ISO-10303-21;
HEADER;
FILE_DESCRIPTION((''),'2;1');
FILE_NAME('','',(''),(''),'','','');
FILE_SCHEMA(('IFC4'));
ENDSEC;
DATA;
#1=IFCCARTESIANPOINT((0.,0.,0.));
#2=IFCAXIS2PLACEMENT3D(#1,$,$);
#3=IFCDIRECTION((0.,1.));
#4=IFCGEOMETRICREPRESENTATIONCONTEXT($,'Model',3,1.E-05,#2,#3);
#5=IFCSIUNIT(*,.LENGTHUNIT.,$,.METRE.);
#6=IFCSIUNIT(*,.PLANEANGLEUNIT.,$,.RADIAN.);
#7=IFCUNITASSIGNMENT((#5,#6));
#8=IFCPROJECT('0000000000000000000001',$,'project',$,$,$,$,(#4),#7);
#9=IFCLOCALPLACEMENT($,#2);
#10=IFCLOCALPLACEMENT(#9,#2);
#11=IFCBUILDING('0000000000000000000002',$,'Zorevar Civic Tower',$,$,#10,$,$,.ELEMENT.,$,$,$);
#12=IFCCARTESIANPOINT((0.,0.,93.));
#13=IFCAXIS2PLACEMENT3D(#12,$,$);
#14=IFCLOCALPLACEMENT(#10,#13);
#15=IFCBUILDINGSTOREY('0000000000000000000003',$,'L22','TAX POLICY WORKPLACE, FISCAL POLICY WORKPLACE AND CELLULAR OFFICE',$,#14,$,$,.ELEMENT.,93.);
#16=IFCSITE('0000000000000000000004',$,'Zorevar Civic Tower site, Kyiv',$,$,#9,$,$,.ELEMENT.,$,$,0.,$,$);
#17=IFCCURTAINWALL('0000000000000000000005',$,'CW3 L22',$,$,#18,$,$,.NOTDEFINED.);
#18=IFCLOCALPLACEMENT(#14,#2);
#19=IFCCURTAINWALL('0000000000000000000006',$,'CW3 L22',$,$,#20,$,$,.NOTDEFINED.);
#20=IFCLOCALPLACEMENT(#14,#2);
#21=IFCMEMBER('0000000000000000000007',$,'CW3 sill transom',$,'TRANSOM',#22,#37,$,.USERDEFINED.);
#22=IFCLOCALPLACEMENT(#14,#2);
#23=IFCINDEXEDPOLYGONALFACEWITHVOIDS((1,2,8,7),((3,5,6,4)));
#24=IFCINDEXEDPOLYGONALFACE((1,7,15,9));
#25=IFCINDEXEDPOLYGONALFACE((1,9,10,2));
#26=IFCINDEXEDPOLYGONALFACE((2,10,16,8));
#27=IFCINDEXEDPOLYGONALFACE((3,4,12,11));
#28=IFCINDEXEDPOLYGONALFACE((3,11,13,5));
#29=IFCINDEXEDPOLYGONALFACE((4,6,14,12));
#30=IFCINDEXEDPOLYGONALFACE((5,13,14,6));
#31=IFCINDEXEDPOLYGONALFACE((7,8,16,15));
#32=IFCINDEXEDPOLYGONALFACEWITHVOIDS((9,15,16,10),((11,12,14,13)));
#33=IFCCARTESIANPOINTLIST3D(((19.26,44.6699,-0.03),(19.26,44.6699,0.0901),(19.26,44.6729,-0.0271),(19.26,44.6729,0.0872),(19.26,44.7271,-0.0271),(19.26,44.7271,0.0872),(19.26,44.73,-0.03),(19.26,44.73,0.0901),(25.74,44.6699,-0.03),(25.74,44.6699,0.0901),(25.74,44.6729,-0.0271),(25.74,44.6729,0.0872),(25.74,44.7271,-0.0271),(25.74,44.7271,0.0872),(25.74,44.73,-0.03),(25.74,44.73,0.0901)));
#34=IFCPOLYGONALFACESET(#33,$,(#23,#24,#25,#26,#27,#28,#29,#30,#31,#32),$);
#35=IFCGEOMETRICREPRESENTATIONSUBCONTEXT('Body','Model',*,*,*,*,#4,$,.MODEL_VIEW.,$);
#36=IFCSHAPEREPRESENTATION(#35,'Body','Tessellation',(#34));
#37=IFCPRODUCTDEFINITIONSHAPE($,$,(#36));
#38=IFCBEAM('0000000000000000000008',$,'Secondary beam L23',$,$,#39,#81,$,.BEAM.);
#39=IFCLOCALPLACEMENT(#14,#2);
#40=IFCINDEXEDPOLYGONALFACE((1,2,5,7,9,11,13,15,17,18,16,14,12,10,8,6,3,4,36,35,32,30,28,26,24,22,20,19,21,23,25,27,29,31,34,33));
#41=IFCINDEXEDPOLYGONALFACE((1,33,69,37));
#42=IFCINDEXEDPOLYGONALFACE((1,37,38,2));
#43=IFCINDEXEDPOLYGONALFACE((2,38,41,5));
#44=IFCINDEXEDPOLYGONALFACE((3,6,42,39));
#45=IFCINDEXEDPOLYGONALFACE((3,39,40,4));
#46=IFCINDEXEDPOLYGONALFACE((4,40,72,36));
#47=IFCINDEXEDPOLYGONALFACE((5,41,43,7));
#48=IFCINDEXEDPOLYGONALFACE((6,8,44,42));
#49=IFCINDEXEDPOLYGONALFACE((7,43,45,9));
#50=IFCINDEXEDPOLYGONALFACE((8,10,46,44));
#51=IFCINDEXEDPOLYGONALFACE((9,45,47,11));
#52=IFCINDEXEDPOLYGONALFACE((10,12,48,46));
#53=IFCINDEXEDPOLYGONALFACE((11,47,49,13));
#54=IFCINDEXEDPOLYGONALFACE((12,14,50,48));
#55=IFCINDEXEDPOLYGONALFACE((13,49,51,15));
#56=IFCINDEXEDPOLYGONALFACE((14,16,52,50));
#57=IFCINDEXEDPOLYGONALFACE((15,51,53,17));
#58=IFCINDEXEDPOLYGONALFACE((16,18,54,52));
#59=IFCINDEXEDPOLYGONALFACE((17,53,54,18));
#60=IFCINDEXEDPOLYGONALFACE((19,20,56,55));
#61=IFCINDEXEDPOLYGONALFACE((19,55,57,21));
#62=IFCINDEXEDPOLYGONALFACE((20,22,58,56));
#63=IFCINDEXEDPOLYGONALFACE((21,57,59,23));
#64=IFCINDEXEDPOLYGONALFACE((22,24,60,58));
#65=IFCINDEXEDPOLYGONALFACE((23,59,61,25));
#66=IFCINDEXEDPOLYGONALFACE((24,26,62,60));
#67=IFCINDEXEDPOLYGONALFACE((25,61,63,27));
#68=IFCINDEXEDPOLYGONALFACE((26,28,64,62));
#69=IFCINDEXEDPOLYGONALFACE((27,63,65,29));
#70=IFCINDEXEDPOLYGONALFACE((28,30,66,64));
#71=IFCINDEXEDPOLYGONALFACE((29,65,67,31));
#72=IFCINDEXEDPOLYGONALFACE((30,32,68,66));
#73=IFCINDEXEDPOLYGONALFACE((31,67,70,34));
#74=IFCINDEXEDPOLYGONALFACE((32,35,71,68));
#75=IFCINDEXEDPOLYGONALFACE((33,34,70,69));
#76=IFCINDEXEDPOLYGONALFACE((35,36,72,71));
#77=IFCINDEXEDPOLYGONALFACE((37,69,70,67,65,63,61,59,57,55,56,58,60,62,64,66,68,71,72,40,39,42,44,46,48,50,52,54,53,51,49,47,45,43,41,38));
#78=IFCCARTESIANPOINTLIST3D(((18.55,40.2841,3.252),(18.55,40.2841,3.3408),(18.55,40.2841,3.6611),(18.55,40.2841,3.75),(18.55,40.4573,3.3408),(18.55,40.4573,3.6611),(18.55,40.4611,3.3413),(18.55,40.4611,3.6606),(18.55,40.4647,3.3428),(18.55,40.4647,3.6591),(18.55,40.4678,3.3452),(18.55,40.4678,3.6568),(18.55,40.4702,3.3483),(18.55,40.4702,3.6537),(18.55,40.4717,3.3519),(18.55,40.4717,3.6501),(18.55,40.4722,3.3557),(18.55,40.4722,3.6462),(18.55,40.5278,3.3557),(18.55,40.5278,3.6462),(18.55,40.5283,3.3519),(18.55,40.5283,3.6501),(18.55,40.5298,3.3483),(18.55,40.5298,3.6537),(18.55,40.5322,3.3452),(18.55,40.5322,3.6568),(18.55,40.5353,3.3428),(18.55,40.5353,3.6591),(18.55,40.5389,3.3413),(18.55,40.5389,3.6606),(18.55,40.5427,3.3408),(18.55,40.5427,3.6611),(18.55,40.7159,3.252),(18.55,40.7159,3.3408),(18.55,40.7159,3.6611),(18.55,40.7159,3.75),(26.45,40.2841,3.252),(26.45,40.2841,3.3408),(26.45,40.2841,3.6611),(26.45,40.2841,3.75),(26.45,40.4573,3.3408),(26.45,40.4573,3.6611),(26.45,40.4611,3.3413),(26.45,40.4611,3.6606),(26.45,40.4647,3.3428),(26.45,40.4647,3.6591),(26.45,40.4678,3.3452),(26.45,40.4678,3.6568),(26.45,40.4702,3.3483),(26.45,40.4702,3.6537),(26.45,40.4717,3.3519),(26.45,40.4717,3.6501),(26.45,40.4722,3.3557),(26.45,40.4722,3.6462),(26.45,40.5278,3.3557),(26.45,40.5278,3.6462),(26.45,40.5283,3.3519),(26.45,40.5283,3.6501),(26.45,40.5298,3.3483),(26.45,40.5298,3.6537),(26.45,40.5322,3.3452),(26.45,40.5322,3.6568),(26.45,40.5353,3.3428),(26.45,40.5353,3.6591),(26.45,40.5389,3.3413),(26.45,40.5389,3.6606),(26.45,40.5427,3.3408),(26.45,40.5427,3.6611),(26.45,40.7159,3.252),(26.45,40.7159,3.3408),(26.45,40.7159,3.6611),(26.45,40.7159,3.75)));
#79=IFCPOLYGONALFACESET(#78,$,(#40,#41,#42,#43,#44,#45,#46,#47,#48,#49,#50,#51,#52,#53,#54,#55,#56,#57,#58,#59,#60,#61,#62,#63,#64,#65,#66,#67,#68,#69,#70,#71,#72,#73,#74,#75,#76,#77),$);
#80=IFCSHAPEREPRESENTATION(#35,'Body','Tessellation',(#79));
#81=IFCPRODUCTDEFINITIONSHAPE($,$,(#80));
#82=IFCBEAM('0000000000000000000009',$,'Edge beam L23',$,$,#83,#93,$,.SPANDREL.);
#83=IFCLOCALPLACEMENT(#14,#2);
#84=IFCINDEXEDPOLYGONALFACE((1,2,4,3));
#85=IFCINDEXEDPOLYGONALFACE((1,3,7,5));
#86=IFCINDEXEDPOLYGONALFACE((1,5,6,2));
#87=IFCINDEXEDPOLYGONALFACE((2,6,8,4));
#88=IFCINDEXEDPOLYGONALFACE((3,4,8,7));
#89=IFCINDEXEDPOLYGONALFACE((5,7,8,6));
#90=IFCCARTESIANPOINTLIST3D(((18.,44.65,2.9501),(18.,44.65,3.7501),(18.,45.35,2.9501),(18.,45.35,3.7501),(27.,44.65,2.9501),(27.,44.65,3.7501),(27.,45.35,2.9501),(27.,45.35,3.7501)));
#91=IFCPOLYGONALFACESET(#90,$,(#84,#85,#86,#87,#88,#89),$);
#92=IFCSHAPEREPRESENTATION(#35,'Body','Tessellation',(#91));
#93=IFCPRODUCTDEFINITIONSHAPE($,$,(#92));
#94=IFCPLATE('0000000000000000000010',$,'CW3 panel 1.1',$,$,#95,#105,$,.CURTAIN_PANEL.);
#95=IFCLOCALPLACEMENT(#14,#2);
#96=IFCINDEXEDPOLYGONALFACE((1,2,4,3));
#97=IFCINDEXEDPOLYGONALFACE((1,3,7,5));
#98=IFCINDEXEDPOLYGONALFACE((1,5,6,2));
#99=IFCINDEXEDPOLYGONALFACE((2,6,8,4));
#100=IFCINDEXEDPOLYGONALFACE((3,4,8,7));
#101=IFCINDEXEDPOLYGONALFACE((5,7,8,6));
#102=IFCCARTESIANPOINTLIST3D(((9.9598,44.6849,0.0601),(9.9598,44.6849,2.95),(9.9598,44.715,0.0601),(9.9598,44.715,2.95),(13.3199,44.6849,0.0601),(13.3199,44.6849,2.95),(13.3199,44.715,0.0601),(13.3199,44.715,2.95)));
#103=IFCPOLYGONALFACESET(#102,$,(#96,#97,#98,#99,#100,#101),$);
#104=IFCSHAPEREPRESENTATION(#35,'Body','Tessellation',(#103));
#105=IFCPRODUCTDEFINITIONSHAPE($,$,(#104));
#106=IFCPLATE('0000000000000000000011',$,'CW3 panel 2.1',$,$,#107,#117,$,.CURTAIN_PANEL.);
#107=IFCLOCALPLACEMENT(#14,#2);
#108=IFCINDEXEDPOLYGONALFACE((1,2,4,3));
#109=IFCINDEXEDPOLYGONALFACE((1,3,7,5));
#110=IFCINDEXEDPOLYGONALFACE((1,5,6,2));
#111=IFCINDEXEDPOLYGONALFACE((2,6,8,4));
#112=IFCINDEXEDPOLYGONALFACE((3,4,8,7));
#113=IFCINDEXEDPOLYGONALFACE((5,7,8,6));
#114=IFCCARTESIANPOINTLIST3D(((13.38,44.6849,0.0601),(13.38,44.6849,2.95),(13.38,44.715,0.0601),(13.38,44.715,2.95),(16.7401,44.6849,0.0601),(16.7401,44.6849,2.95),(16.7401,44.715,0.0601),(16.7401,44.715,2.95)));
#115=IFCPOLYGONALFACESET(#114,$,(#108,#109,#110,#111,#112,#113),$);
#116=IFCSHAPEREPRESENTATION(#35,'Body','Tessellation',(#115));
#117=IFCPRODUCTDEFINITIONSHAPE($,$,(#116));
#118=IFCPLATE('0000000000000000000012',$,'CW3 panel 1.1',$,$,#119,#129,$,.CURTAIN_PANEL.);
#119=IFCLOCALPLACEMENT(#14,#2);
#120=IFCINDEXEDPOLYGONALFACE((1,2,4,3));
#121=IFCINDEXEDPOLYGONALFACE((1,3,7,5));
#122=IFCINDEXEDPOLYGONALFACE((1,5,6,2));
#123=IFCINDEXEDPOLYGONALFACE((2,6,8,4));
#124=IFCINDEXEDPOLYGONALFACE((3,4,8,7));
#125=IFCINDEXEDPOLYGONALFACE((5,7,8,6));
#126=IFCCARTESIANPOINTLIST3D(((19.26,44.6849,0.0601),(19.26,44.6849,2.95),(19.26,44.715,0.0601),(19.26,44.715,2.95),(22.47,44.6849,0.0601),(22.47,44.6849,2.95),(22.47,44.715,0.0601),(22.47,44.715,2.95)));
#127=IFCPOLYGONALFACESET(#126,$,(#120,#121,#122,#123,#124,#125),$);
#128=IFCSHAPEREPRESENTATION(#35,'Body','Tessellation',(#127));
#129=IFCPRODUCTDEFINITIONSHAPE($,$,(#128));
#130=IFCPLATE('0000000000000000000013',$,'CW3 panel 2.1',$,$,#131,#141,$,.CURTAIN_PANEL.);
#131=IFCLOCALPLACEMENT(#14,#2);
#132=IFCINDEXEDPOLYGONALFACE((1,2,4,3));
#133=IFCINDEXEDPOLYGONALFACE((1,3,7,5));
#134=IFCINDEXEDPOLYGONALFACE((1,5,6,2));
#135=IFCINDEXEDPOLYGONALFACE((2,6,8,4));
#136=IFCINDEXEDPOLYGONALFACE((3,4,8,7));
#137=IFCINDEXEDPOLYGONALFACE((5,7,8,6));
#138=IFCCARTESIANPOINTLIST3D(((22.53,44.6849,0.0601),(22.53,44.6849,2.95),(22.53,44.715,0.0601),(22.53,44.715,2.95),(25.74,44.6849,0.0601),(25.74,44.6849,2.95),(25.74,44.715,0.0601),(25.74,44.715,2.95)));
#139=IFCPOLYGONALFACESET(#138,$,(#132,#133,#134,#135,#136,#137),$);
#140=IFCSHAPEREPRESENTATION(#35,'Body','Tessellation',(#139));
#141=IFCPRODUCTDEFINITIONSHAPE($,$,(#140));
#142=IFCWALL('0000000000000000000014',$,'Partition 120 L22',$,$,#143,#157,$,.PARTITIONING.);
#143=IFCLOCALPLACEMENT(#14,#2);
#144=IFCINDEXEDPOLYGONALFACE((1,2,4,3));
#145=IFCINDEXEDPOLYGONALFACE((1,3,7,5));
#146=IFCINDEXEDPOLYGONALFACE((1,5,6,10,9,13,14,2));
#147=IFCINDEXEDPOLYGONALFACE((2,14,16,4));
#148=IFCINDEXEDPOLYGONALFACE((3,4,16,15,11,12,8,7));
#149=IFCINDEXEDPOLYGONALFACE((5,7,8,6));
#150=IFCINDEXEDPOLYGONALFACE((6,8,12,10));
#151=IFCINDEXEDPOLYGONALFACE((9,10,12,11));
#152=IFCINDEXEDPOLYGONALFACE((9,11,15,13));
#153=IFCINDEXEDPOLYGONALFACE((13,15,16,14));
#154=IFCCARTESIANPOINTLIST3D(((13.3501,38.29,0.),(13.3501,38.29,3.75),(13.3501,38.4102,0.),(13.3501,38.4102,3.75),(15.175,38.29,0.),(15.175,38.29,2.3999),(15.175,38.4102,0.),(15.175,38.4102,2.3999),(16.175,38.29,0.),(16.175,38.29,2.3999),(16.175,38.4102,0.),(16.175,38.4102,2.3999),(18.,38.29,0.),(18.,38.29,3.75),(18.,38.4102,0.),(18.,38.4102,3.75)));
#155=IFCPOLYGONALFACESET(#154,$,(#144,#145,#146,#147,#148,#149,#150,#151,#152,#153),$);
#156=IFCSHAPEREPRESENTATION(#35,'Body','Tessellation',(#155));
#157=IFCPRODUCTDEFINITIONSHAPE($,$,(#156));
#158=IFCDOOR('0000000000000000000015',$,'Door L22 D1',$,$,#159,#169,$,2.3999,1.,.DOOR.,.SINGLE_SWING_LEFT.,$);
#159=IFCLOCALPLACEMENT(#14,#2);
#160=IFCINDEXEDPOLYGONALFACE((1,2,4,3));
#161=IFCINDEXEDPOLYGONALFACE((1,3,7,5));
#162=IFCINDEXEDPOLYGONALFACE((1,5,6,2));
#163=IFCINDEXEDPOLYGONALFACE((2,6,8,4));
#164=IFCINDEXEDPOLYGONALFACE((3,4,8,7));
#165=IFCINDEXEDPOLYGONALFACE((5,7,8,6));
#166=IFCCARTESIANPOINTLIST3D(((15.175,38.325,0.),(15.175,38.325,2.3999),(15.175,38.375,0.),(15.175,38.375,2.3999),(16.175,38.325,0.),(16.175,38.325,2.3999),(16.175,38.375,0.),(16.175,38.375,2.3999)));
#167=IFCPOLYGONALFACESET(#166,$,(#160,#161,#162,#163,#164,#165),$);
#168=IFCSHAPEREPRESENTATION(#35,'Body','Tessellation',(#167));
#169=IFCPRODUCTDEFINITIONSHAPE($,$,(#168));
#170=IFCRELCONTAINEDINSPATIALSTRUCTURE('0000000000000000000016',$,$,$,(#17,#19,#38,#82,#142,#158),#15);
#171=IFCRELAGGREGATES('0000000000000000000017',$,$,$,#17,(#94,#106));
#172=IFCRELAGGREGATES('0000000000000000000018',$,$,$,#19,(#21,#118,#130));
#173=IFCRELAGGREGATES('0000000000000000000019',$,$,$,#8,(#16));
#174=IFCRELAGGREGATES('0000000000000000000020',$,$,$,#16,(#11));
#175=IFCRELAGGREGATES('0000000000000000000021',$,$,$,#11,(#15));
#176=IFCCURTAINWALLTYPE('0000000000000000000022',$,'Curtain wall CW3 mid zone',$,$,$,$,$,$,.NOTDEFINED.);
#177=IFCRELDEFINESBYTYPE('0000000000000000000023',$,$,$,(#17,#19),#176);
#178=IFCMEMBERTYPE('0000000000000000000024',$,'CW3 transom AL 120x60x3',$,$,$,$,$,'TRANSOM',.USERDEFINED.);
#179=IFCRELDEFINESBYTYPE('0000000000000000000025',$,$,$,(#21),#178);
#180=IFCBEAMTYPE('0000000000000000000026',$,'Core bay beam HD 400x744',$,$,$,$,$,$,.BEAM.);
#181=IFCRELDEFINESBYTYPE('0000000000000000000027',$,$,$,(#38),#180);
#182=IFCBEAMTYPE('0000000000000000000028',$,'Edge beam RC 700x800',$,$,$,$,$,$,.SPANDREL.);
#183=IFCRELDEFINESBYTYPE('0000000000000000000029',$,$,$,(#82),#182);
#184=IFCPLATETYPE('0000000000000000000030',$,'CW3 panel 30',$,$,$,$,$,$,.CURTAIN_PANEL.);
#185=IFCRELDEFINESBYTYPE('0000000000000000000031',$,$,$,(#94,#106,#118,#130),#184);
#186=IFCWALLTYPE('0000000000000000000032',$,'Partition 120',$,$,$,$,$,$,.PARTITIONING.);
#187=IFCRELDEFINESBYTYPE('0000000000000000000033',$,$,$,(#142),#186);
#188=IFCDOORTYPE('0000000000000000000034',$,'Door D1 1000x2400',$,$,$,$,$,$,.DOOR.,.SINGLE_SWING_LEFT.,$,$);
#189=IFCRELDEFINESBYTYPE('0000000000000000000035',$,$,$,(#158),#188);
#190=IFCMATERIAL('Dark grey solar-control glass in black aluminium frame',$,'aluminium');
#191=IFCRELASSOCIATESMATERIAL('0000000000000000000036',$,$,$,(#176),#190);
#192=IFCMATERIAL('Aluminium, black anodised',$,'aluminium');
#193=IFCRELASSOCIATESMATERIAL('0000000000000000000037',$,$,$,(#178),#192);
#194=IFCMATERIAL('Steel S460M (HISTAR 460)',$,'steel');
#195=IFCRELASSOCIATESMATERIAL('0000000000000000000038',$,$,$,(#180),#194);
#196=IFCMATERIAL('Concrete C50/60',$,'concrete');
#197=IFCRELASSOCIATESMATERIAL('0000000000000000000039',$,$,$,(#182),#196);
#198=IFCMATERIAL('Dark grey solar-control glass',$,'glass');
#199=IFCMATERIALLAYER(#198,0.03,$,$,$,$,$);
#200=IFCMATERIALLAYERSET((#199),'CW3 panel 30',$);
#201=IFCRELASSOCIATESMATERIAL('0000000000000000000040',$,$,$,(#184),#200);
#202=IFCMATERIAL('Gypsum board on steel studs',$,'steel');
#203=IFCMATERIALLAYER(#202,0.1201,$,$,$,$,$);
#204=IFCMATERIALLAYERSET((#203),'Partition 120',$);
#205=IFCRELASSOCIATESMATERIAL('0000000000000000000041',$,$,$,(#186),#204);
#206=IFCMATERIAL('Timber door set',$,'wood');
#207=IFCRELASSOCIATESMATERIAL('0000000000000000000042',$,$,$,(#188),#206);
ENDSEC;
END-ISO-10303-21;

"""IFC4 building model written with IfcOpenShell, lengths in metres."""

from ifc_helpers import new_model, si_unit, direction, frame, frame_2d, origin, origin_2d, place, context, subcontext, project, spatial, rectangle, hollow_rectangle, i_section, extrude, material, layer, layer_set, material_profile, profile_set, type_object, element, fill, aggregate, save


model = new_model("IFC4")

# Units and contexts
model_context = context("Model", 3, precision=1e-05, world=origin(), true_north=direction((0.0, 1.0)))
body_context = subcontext(model_context, "Body", "Model", "MODEL_VIEW")
ifc_project = project(units=[si_unit("LENGTHUNIT", "METRE"), si_unit("PLANEANGLEUNIT", "RADIAN")], contexts=[model_context])

# Site, building, storey
site_placement = place(None, origin())
site = spatial("IfcSite", under=ifc_project, at=site_placement, Name="Zorevar Civic Tower site, Kyiv", CompositionType="ELEMENT", RefElevation=0.0)
building_placement = place(site_placement, origin())
building = spatial("IfcBuilding", under=site, at=building_placement, Name="Zorevar Civic Tower", CompositionType="ELEMENT")
storey_placement = place(building_placement, frame((0.0, 0.0, 93.0)))
storey = spatial("IfcBuildingStorey", under=building, at=storey_placement, Name="L22", Description="TAX POLICY WORKPLACE, FISCAL POLICY WORKPLACE AND CELLULAR OFFICE", CompositionType="ELEMENT", Elevation=93.0)

# Curtain walls
ifc_material_1 = material(Name="Dark grey solar-control glass in black aluminium frame", Category="aluminium")
curtain_wall_type = type_object("IfcCurtainWallType", Name="Curtain wall CW3 mid zone", PredefinedType="NOTDEFINED", material=ifc_material_1)
curtain_wall_1_placement = place(storey_placement, origin())
curtain_wall_1 = element("IfcCurtainWall", 1, at=curtain_wall_1_placement, inside=storey, type_object=curtain_wall_type, Name="CW3 L22", PredefinedType="NOTDEFINED")
curtain_wall_2_placement = place(storey_placement, origin())
curtain_wall_2 = element("IfcCurtainWall", 2, at=curtain_wall_2_placement, inside=storey, type_object=curtain_wall_type, Name="CW3 L22", PredefinedType="NOTDEFINED")

# Member
ifc_material_2 = material(Name="Aluminium, black anodised", Category="aluminium")
ifc_material_profile_1 = material_profile(ifc_material_2, hollow_rectangle(XDim=0.0601, YDim=0.1201, WallThickness=0.0029, at=origin_2d()), Name="AL 120x60x3")
ifc_profile_set_1 = profile_set([ifc_material_profile_1], Name="Aluminium, black anodised")
member_type_1 = type_object("IfcMemberType", Name="CW3 transom AL 120x60x3", ElementType="TRANSOM", PredefinedType="USERDEFINED", material=ifc_profile_set_1)
member_1_placement = place(storey_placement, frame((19.26, 44.7, 0.03), z_axis=(1.0, 0.0, 0.0), x_axis=(0.0, 1.0, 0.0)))
member_1 = element("IfcMember", 3, at=member_1_placement, type_object=member_type_1, Name="CW3 sill transom", ObjectType="TRANSOM", PredefinedType="USERDEFINED", context=body_context, shape_type="SweptSolid", body=[
    extrude(hollow_rectangle(XDim=0.0601, YDim=0.1201, WallThickness=0.0029, at=origin_2d()), origin(), (0.0, 0.0, 1.0), 6.48),
])

# Beams
ifc_material_3 = material(Name="Steel S460M (HISTAR 460)", Category="steel")
ifc_material_profile_2 = material_profile(ifc_material_3, i_section(OverallWidth=0.4319, OverallDepth=0.498, WebThickness=0.0557, FlangeThickness=0.0889, FilletRadius=0.0149, at=origin_2d()), Name="HD 400x744")
ifc_profile_set_2 = profile_set([ifc_material_profile_2], Name="Steel S460M (HISTAR 460)")
beam_type_1 = type_object("IfcBeamType", Name="Core bay beam HD 400x744", PredefinedType="BEAM", material=ifc_profile_set_2)
beam_1_placement = place(storey_placement, frame((18.55, 40.5, 3.501), z_axis=(1.0, 0.0, 0.0), x_axis=(0.0, 1.0, 0.0)))
element("IfcBeam", 4, at=beam_1_placement, inside=storey, type_object=beam_type_1, Name="Secondary beam L23", PredefinedType="BEAM", context=body_context, shape_type="SweptSolid", body=[
    extrude(i_section(OverallWidth=0.4319, OverallDepth=0.498, WebThickness=0.0557, FlangeThickness=0.0889, FilletRadius=0.0149, at=origin_2d()), origin(), (0.0, 0.0, 1.0), 7.8999),
])
ifc_material_4 = material(Name="Concrete C50/60", Category="concrete")
ifc_material_profile_3 = material_profile(ifc_material_4, rectangle(XDim=0.7, YDim=0.8, at=origin_2d()), Name="RC 700x800")
ifc_profile_set_3 = profile_set([ifc_material_profile_3], Name="Concrete C50/60")
beam_type_2 = type_object("IfcBeamType", Name="Edge beam RC 700x800", PredefinedType="SPANDREL", material=ifc_profile_set_3)
beam_2_placement = place(storey_placement, frame((18.0, 45.0, 3.3501), z_axis=(1.0, 0.0, 0.0), x_axis=(0.0, 1.0, 0.0)))
element("IfcBeam", 5, at=beam_2_placement, inside=storey, type_object=beam_type_2, Name="Edge beam L23", PredefinedType="SPANDREL", context=body_context, shape_type="SweptSolid", body=[
    extrude(rectangle(XDim=0.7, YDim=0.8, at=origin_2d()), origin(), (0.0, 0.0, 1.0), 9.0),
])

# Plates
ifc_material_5 = material(Name="Dark grey solar-control glass", Category="glass")
ifc_layer_1 = layer(ifc_material_5, 0.03)
ifc_layer_set_1 = layer_set([ifc_layer_1], Name="CW3 panel 30")
plate_type = type_object("IfcPlateType", Name="CW3 panel 30", PredefinedType="CURTAIN_PANEL", material=ifc_layer_set_1)
plate_1_placement = place(storey_placement, frame((11.6399, 44.7, 0.0601), z_axis=(0.0, 0.0, 1.0), x_axis=(1.0, 0.0, 0.0)))
plate_1 = element("IfcPlate", 6, at=plate_1_placement, type_object=plate_type, Name="CW3 panel 1.1", PredefinedType="CURTAIN_PANEL", context=body_context, shape_type="SweptSolid", body=[
    extrude(rectangle(XDim=3.3601, YDim=0.03, at=origin_2d()), origin(), (0.0, 0.0, 1.0), 2.8899),
])
plate_2_placement = place(storey_placement, frame((15.0601, 44.7, 0.0601), z_axis=(0.0, 0.0, 1.0), x_axis=(1.0, 0.0, 0.0)))
plate_2 = element("IfcPlate", 7, at=plate_2_placement, type_object=plate_type, Name="CW3 panel 2.1", PredefinedType="CURTAIN_PANEL", context=body_context, shape_type="SweptSolid", body=[
    extrude(rectangle(XDim=3.3601, YDim=0.03, at=origin_2d()), origin(), (0.0, 0.0, 1.0), 2.8899),
])
aggregate(curtain_wall_1, [plate_1, plate_2])
plate_3_placement = place(storey_placement, frame((20.865, 44.7, 0.0601), z_axis=(0.0, 0.0, 1.0), x_axis=(1.0, 0.0, 0.0)))
plate_3 = element("IfcPlate", 8, at=plate_3_placement, type_object=plate_type, Name="CW3 panel 1.1", PredefinedType="CURTAIN_PANEL", context=body_context, shape_type="SweptSolid", body=[
    extrude(rectangle(XDim=3.21, YDim=0.03, at=origin_2d()), origin(), (0.0, 0.0, 1.0), 2.8899),
])
plate_4_placement = place(storey_placement, frame((24.135, 44.7, 0.0601), z_axis=(0.0, 0.0, 1.0), x_axis=(1.0, 0.0, 0.0)))
plate_4 = element("IfcPlate", 9, at=plate_4_placement, type_object=plate_type, Name="CW3 panel 2.1", PredefinedType="CURTAIN_PANEL", context=body_context, shape_type="SweptSolid", body=[
    extrude(rectangle(XDim=3.21, YDim=0.03, at=origin_2d()), origin(), (0.0, 0.0, 1.0), 2.8899),
])
aggregate(curtain_wall_2, [member_1, plate_3, plate_4])

# Wall, opening, door
ifc_material_6 = material(Name="Gypsum board on steel studs", Category="steel")
ifc_layer_2 = layer(ifc_material_6, 0.1201)
ifc_layer_set_2 = layer_set([ifc_layer_2], Name="Partition 120")
wall_type = type_object("IfcWallType", Name="Partition 120", PredefinedType="PARTITIONING", material=ifc_layer_set_2)
wall_1_placement = place(storey_placement, frame((13.3501, 38.3501, 0.0), z_axis=(0.0, 0.0, 1.0), x_axis=(1.0, 0.0, 0.0)))
wall_1 = element("IfcWall", 10, at=wall_1_placement, inside=storey, type_object=wall_type, Name="Partition 120 L22", PredefinedType="PARTITIONING", context=body_context, shape_type="SweptSolid", body=[
    extrude(rectangle(XDim=4.6499, YDim=0.1201, at=frame_2d((2.325, 0.0))), origin(), (0.0, 0.0, 1.0), 3.75),
])
opening_1_placement = place(wall_1_placement, frame((1.825, 0.0, 0.0)))
opening_1 = element("IfcOpeningElement", 11, at=opening_1_placement, cuts=wall_1, PredefinedType="OPENING", context=body_context, shape_type="SweptSolid", body=[
    extrude(rectangle(XDim=1.0, YDim=2.3999, at=frame_2d((0.5, 1.2))), frame((0.0, 0.0701, 0.0), z_axis=(0.0, -1.0, 0.0), x_axis=(1.0, 0.0, 0.0)), (0.0, 0.0, 1.0), 0.1401),
])
ifc_material_7 = material(Name="Timber door set", Category="wood")
door_type = type_object("IfcDoorType", Name="Door D1 1000x2400", OperationType="SINGLE_SWING_LEFT", PredefinedType="DOOR", material=ifc_material_7)
door_1_placement = place(opening_1_placement, origin())
door_1 = element("IfcDoor", 12, at=door_1_placement, inside=storey, type_object=door_type, Name="Door L22 D1", OperationType="SINGLE_SWING_LEFT", OverallHeight=2.3999, OverallWidth=1.0, PredefinedType="DOOR", context=body_context, shape_type="SweptSolid", body=[
    extrude(rectangle(XDim=1.0, YDim=2.3999, at=frame_2d((0.5, 1.2))), frame((0.0, 0.0249, 0.0), z_axis=(0.0, -1.0, 0.0), x_axis=(1.0, 0.0, 0.0)), (0.0, 0.0, 1.0), 0.05),
])
fill(opening_1, door_1)

save(model, "model.ifc")
